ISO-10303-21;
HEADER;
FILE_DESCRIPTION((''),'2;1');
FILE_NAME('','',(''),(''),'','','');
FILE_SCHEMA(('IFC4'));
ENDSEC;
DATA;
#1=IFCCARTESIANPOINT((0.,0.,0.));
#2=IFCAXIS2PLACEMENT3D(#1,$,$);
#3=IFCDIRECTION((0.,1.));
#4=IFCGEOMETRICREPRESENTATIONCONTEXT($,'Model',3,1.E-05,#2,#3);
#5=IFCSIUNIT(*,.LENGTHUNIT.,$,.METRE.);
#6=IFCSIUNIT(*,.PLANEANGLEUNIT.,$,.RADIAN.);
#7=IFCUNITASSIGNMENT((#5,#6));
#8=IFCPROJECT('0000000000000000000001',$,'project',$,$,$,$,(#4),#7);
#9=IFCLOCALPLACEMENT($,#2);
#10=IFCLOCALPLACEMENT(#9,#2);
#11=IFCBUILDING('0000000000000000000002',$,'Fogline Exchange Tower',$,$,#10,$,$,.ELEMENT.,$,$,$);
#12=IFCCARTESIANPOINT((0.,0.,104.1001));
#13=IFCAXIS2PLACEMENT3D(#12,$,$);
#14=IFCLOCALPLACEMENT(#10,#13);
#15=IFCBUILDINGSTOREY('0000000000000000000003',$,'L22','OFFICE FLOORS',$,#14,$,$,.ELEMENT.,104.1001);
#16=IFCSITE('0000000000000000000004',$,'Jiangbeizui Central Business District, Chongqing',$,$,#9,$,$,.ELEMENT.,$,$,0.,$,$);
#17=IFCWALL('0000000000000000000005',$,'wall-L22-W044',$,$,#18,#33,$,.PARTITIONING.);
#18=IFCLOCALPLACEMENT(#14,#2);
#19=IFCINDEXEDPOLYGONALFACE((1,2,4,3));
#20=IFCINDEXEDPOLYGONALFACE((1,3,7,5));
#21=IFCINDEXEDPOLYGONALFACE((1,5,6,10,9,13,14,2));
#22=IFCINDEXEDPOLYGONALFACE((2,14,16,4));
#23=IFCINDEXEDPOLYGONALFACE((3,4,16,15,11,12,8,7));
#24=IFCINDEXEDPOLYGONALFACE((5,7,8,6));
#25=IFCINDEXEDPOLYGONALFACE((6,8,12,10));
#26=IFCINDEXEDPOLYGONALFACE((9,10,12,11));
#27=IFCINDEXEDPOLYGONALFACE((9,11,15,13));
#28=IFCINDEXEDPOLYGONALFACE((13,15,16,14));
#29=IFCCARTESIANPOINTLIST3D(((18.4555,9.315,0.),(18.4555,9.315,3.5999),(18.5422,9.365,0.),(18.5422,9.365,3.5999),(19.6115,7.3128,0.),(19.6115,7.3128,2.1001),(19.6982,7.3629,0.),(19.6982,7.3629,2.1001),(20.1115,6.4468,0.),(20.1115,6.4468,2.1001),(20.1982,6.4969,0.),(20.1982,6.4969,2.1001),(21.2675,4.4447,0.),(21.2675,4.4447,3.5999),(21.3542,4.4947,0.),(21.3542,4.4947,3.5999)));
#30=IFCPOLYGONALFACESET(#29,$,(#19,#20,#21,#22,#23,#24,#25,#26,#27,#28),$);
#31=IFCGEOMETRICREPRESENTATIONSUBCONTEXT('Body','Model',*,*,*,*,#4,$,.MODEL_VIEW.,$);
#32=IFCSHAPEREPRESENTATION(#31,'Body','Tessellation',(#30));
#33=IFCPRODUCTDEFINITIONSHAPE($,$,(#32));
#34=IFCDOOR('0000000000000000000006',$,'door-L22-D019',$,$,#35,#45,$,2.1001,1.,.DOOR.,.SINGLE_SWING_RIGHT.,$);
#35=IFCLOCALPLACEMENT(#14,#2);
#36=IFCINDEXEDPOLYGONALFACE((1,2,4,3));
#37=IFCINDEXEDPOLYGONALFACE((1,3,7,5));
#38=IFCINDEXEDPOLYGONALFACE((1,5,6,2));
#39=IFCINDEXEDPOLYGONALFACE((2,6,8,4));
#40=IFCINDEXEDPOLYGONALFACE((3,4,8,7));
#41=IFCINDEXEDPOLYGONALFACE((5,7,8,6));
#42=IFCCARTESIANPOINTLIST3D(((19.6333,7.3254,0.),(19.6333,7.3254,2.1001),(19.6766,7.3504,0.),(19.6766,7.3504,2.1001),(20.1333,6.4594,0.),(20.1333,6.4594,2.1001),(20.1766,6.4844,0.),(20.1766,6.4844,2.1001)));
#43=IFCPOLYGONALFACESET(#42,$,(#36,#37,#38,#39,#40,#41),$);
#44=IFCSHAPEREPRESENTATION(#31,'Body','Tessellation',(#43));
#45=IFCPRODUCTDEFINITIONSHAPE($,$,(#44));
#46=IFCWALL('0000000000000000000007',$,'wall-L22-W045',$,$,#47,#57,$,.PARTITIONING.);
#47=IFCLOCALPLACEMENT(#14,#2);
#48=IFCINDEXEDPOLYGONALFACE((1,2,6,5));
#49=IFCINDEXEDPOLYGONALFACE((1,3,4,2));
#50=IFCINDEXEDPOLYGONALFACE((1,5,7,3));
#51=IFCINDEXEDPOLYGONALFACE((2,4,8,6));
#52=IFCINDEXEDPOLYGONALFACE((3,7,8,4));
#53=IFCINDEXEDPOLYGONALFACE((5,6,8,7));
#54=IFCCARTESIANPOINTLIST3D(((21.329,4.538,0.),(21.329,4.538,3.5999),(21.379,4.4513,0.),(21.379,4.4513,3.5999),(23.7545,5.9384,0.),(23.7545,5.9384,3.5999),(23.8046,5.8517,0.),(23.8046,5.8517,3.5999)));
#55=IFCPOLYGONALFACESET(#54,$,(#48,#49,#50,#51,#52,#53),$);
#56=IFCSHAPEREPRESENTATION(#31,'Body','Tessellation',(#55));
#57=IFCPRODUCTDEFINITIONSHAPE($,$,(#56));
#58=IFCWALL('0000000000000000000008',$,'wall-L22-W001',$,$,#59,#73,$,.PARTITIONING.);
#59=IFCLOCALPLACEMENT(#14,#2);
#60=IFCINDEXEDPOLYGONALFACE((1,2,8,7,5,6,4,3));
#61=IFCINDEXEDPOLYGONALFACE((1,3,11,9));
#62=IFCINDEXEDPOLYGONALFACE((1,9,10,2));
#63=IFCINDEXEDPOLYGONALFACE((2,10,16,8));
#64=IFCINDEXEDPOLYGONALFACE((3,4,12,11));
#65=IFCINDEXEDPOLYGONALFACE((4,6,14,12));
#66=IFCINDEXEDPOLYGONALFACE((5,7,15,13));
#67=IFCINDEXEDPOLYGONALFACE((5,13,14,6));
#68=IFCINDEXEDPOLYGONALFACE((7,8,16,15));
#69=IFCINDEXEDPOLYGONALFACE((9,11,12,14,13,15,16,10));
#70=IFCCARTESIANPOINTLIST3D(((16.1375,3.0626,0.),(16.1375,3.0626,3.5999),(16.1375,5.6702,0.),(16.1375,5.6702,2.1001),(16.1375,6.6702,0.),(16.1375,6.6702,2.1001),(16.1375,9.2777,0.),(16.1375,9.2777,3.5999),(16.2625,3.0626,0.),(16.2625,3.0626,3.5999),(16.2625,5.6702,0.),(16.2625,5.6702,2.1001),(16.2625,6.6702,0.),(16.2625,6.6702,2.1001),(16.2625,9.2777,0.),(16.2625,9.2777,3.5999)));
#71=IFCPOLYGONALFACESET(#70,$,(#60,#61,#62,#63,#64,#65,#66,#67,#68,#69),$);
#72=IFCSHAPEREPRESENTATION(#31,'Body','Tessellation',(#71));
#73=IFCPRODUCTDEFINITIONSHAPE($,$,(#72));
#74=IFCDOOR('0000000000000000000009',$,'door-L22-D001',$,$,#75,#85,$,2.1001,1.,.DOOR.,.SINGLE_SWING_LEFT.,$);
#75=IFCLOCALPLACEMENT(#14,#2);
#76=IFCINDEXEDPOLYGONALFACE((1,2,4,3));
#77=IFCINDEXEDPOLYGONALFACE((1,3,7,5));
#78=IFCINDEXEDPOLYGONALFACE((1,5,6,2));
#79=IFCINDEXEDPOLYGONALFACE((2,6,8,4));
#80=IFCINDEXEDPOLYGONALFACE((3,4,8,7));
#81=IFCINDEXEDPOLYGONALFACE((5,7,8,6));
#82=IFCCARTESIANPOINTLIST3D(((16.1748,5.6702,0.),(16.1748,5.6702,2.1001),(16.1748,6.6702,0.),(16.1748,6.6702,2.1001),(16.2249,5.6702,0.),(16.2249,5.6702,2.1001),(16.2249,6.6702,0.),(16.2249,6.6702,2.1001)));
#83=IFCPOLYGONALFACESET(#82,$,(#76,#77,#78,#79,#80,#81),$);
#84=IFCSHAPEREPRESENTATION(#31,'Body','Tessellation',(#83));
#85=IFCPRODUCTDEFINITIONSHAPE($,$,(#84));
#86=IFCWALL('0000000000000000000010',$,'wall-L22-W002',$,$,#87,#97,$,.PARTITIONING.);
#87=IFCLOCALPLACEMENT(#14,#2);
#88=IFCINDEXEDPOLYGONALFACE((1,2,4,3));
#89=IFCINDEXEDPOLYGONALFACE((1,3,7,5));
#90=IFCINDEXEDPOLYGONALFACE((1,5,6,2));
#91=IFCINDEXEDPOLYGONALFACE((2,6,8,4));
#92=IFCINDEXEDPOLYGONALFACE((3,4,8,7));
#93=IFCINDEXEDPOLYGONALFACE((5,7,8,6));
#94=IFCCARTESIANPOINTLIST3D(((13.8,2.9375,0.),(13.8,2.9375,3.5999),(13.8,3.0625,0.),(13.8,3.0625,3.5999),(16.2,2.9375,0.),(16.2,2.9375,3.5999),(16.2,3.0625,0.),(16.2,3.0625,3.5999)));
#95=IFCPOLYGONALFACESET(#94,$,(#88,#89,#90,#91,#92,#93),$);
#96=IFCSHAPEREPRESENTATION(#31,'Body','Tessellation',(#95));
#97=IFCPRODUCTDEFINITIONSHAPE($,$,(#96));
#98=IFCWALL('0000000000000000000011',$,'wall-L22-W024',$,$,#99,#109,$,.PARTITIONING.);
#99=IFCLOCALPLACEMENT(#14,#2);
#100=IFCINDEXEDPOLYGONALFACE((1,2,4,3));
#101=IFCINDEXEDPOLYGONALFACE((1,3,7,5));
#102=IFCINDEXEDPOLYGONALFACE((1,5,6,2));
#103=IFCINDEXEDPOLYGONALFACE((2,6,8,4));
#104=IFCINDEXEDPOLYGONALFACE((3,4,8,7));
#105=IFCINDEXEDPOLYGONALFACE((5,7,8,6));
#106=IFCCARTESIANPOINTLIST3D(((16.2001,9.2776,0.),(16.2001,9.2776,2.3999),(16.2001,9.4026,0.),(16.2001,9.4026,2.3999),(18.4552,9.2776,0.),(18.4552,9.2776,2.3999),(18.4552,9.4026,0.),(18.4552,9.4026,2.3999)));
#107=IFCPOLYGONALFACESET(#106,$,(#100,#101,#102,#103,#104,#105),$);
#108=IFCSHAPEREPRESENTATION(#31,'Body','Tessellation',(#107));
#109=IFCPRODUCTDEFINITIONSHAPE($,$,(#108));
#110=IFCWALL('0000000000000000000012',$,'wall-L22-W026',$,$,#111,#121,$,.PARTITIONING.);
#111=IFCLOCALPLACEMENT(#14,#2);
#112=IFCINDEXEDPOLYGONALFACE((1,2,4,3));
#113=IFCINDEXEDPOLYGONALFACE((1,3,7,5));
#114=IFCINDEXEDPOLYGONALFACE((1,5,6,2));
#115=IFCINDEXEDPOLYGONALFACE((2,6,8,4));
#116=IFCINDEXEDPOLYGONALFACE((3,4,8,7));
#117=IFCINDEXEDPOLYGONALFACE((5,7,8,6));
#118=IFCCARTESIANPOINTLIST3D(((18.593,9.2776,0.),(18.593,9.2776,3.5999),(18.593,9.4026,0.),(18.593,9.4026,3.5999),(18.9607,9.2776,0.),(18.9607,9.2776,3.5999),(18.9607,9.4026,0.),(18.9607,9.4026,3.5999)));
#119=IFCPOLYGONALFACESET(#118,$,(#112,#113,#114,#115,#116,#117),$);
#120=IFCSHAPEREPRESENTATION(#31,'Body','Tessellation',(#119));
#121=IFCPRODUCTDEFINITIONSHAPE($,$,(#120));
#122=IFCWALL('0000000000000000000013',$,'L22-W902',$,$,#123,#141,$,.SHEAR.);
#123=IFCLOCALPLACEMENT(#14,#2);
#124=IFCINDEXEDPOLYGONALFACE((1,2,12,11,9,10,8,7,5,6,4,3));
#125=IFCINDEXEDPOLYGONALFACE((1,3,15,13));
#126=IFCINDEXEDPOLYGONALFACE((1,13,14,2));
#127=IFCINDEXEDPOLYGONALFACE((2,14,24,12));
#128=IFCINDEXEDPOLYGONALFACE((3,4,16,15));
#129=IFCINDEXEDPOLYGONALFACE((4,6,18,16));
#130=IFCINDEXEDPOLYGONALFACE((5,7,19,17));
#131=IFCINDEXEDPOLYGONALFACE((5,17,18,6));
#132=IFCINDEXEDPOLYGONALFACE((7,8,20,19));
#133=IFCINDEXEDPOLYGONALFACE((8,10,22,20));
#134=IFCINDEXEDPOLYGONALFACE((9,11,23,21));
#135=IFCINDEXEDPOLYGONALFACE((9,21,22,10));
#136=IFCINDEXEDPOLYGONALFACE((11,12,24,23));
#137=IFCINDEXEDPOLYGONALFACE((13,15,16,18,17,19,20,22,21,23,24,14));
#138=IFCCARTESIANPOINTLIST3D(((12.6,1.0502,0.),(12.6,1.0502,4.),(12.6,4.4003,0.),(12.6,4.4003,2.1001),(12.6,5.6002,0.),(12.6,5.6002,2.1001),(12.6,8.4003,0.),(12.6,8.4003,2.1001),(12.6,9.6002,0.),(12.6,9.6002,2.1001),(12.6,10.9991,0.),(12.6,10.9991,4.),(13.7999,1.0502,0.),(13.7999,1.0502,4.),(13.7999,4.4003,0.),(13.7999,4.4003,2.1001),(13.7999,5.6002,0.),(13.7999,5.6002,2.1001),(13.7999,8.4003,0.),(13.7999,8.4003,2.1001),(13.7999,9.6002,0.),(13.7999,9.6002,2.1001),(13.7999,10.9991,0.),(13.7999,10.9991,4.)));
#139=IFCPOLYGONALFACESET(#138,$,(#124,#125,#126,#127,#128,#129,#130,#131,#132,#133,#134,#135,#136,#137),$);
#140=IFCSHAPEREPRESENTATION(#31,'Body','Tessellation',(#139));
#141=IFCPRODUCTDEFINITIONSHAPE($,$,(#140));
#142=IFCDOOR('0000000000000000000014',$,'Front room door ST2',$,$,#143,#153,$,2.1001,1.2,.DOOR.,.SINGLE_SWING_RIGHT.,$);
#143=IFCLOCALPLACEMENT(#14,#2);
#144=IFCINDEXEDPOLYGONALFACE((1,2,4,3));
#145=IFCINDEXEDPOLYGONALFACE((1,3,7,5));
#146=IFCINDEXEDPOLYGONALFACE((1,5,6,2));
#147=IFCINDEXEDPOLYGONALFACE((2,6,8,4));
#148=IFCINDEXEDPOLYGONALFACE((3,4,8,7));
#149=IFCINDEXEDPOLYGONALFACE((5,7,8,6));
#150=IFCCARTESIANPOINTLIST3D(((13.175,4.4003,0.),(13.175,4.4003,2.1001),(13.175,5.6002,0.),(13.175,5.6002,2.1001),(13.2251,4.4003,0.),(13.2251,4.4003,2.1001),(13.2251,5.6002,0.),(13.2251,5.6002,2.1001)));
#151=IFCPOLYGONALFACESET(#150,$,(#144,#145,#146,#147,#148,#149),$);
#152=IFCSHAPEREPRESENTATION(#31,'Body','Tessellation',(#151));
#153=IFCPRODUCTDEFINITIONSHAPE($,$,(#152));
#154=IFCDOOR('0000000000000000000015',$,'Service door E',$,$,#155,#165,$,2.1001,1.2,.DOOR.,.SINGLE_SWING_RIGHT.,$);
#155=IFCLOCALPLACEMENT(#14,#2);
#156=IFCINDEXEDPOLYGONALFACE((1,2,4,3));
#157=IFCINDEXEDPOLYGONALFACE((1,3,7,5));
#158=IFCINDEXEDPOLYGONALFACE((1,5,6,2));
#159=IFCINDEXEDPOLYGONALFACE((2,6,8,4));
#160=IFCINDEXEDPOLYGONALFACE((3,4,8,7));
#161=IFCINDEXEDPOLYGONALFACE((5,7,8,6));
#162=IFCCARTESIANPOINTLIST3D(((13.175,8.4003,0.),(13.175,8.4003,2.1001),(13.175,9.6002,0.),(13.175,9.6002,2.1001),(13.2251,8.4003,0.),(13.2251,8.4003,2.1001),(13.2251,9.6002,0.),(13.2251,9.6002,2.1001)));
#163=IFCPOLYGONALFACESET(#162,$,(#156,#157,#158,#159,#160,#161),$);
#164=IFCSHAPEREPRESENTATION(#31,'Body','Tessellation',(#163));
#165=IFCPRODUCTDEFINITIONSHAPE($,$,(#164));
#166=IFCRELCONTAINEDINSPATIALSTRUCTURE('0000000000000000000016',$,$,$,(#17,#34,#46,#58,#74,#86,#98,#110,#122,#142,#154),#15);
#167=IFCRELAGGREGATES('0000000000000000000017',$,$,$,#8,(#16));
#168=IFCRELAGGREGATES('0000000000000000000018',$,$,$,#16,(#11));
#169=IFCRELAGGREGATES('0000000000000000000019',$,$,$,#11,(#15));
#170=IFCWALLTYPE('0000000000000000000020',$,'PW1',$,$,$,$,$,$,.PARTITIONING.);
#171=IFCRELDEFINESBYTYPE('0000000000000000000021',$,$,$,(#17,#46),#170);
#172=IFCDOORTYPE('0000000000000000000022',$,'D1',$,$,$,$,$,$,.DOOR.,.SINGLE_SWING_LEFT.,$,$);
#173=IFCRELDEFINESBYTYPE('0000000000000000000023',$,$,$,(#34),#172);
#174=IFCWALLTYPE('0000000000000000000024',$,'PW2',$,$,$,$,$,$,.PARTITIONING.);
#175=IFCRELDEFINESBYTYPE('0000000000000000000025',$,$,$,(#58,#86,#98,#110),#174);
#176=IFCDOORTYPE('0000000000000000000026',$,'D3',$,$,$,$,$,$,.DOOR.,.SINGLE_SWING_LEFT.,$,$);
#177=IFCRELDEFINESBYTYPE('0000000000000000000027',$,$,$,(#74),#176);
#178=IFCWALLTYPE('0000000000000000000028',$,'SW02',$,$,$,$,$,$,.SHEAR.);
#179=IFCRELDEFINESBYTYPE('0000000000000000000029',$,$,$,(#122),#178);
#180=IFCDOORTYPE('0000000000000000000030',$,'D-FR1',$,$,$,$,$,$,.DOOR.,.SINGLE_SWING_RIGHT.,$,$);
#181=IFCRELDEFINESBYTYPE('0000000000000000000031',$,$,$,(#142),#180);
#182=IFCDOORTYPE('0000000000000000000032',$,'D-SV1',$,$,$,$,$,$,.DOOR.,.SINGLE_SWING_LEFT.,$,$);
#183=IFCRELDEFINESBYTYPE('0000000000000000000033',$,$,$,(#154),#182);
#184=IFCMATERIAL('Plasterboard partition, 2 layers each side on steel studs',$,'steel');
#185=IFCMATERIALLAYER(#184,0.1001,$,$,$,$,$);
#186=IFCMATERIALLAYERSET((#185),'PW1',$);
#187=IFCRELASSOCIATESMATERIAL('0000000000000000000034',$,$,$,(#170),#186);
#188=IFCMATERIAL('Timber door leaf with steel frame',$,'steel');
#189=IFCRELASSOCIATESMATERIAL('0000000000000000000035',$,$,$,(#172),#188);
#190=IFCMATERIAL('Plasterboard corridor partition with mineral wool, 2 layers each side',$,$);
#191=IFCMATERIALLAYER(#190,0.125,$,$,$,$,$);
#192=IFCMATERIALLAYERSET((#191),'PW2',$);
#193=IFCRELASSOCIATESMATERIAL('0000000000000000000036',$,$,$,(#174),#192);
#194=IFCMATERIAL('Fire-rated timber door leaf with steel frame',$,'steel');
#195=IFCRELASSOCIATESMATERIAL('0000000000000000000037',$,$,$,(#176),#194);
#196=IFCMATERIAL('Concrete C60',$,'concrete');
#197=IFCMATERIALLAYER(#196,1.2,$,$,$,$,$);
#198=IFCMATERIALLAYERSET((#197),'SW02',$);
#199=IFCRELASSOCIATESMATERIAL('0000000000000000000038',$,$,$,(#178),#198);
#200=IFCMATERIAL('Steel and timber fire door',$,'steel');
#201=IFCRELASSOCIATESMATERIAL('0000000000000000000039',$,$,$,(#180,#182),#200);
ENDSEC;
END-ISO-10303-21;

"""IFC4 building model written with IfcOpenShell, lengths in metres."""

from ifc_helpers import new_model, si_unit, direction, frame, frame_2d, origin, place, context, subcontext, project, spatial, rectangle, extrude, material, layer, layer_set, type_object, element, fill, save


model = new_model("IFC4")

# Units and contexts
model_context = context("Model", 3, precision=1e-05, world=origin(), true_north=direction((0.0, 1.0)))
body_context = subcontext(model_context, "Body", "Model", "MODEL_VIEW")
ifc_project = project(units=[si_unit("LENGTHUNIT", "METRE"), si_unit("PLANEANGLEUNIT", "RADIAN")], contexts=[model_context])

# Site, building, storey
site_placement = place(None, origin())
site = spatial("IfcSite", under=ifc_project, at=site_placement, Name="Jiangbeizui Central Business District, Chongqing", CompositionType="ELEMENT", RefElevation=0.0)
building_placement = place(site_placement, origin())
building = spatial("IfcBuilding", under=site, at=building_placement, Name="Fogline Exchange Tower", CompositionType="ELEMENT")
storey_placement = place(building_placement, frame((0.0, 0.0, 104.1001)))
storey = spatial("IfcBuildingStorey", under=building, at=storey_placement, Name="L22", Description="OFFICE FLOORS", CompositionType="ELEMENT", Elevation=104.1001)

# Shared definitions
ifc_material_1 = material(Name="Steel and timber fire door", Category="steel")

# Wall, opening, door
ifc_material_2 = material(Name="Plasterboard partition, 2 layers each side on steel studs", Category="steel")
ifc_layer_1 = layer(ifc_material_2, 0.1001)
ifc_layer_set_1 = layer_set([ifc_layer_1], Name="PW1")
wall_type_1 = type_object("IfcWallType", Name="PW1", PredefinedType="PARTITIONING", material=ifc_layer_set_1)
wall_1_placement = place(storey_placement, frame((18.4988, 9.3401, 0.0), z_axis=(0.0, 0.0, 1.0), x_axis=(0.500014, -0.866017, 0.0)))
wall_1 = element("IfcWall", 1, at=wall_1_placement, inside=storey, type_object=wall_type_1, Name="wall-L22-W044", PredefinedType="PARTITIONING", context=body_context, shape_type="SweptSolid", body=[
    extrude(rectangle(XDim=5.6238, YDim=0.1001, at=frame_2d((2.812, 0.0))), origin(), (0.0, 0.0, 1.0), 3.5999),
])
opening_1_placement = place(wall_1_placement, frame((2.312, 0.0, 0.0)))
opening_1 = element("IfcOpeningElement", 2, at=opening_1_placement, cuts=wall_1, PredefinedType="OPENING", context=body_context, shape_type="SweptSolid", body=[
    extrude(rectangle(XDim=1.0, YDim=2.1001, at=frame_2d((0.5, 1.05))), frame((0.0, 0.0601, 0.0), z_axis=(0.0, -1.0, 0.0), x_axis=(1.0, 0.0, 0.0)), (0.0, 0.0, 1.0), 0.1201),
])
ifc_material_3 = material(Name="Timber door leaf with steel frame", Category="steel")
door_type_1 = type_object("IfcDoorType", Name="D1", OperationType="SINGLE_SWING_LEFT", PredefinedType="DOOR", material=ifc_material_3)
door_1_placement = place(opening_1_placement, frame((1.0, 0.0, 0.0), z_axis=(0.0, 0.0, 1.0), x_axis=(-1.0, 0.0, 0.0)))
door_1 = element("IfcDoor", 3, at=door_1_placement, inside=storey, type_object=door_type_1, Name="door-L22-D019", OperationType="SINGLE_SWING_RIGHT", OverallHeight=2.1001, OverallWidth=1.0, PredefinedType="DOOR", context=body_context, shape_type="SweptSolid", body=[
    extrude(rectangle(XDim=1.0, YDim=2.1001, at=frame_2d((0.5, 1.05))), frame((0.0, 0.0249, 0.0), z_axis=(0.0, -1.0, 0.0), x_axis=(1.0, 0.0, 0.0)), (0.0, 0.0, 1.0), 0.05),
])
fill(opening_1, door_1)

# Wall
wall_2_placement = place(storey_placement, frame((21.354, 4.4946, 0.0), z_axis=(0.0, 0.0, 1.0), x_axis=(0.866024, 0.500002, 0.0)))
element("IfcWall", 4, at=wall_2_placement, inside=storey, type_object=wall_type_1, Name="wall-L22-W045", PredefinedType="PARTITIONING", context=body_context, shape_type="SweptSolid", body=[
    extrude(rectangle(XDim=2.8008, YDim=0.1001, at=frame_2d((1.4004, 0.0))), origin(), (0.0, 0.0, 1.0), 3.5999),
])

# Wall, opening, door
ifc_material_4 = material(Name="Plasterboard corridor partition with mineral wool, 2 layers each side")
ifc_layer_2 = layer(ifc_material_4, 0.125)
ifc_layer_set_2 = layer_set([ifc_layer_2], Name="PW2")
wall_type_2 = type_object("IfcWallType", Name="PW2", PredefinedType="PARTITIONING", material=ifc_layer_set_2)
wall_3_placement = place(storey_placement, frame((16.2, 9.2776, 0.0), z_axis=(0.0, 0.0, 1.0), x_axis=(0.0, -1.0, 0.0)))
wall_3 = element("IfcWall", 5, at=wall_3_placement, inside=storey, type_object=wall_type_2, Name="wall-L22-W001", PredefinedType="PARTITIONING", context=body_context, shape_type="SweptSolid", body=[
    extrude(rectangle(XDim=6.2151, YDim=0.125, at=frame_2d((3.1074, 0.0))), origin(), (0.0, 0.0, 1.0), 3.5999),
])
opening_2_placement = place(wall_3_placement, frame((2.6074, 0.0, 0.0)))
opening_2 = element("IfcOpeningElement", 6, at=opening_2_placement, cuts=wall_3, PredefinedType="OPENING", context=body_context, shape_type="SweptSolid", body=[
    extrude(rectangle(XDim=1.0, YDim=2.1001, at=frame_2d((0.5, 1.05))), frame((0.0, 0.0725, 0.0), z_axis=(0.0, -1.0, 0.0), x_axis=(1.0, 0.0, 0.0)), (0.0, 0.0, 1.0), 0.145),
])
ifc_material_5 = material(Name="Fire-rated timber door leaf with steel frame", Category="steel")
door_type_2 = type_object("IfcDoorType", Name="D3", OperationType="SINGLE_SWING_LEFT", PredefinedType="DOOR", material=ifc_material_5)
door_2_placement = place(opening_2_placement, origin())
door_2 = element("IfcDoor", 7, at=door_2_placement, inside=storey, type_object=door_type_2, Name="door-L22-D001", OperationType="SINGLE_SWING_LEFT", OverallHeight=2.1001, OverallWidth=1.0, PredefinedType="DOOR", context=body_context, shape_type="SweptSolid", body=[
    extrude(rectangle(XDim=1.0, YDim=2.1001, at=frame_2d((0.5, 1.05))), frame((0.0, 0.0249, 0.0), z_axis=(0.0, -1.0, 0.0), x_axis=(1.0, 0.0, 0.0)), (0.0, 0.0, 1.0), 0.05),
])
fill(opening_2, door_2)

# Walls
wall_4_placement = place(storey_placement, frame((16.2, 3.0, 0.0), z_axis=(0.0, 0.0, 1.0), x_axis=(-1.0, 0.0, 0.0)))
element("IfcWall", 8, at=wall_4_placement, inside=storey, type_object=wall_type_2, Name="wall-L22-W002", PredefinedType="PARTITIONING", context=body_context, shape_type="SweptSolid", body=[
    extrude(rectangle(XDim=2.3999, YDim=0.125, at=frame_2d((1.2, 0.0))), origin(), (0.0, 0.0, 1.0), 3.5999),
])
wall_5_placement = place(storey_placement, frame((18.4551, 9.3401, 0.0), z_axis=(0.0, 0.0, 1.0), x_axis=(-1.0, 0.0, 0.0)))
element("IfcWall", 9, at=wall_5_placement, inside=storey, type_object=wall_type_2, Name="wall-L22-W024", PredefinedType="PARTITIONING", context=body_context, shape_type="SweptSolid", body=[
    extrude(rectangle(XDim=2.2551, YDim=0.125, at=frame_2d((1.1274, 0.0))), origin(), (0.0, 0.0, 1.0), 2.3999),
])
wall_6_placement = place(storey_placement, frame((18.9607, 9.3401, 0.0), z_axis=(0.0, 0.0, 1.0), x_axis=(-1.0, 0.0, 0.0)))
element("IfcWall", 10, at=wall_6_placement, inside=storey, type_object=wall_type_2, Name="wall-L22-W026", PredefinedType="PARTITIONING", context=body_context, shape_type="SweptSolid", body=[
    extrude(rectangle(XDim=0.3677, YDim=0.125, at=frame_2d((0.1838, 0.0))), origin(), (0.0, 0.0, 1.0), 3.5999),
])

# Wall, openings, doors
ifc_material_6 = material(Name="Concrete C60", Category="concrete")
ifc_layer_3 = layer(ifc_material_6, 1.2)
ifc_layer_set_3 = layer_set([ifc_layer_3], Name="SW02")
wall_type_3 = type_object("IfcWallType", Name="SW02", PredefinedType="SHEAR", material=ifc_layer_set_3)
wall_7_placement = place(storey_placement, frame((13.2, 1.05, 0.0), z_axis=(0.0, 0.0, 1.0), x_axis=(0.0, 1.0, 0.0)))
wall_7 = element("IfcWall", 11, at=wall_7_placement, inside=storey, type_object=wall_type_3, Name="L22-W902", PredefinedType="SHEAR", context=body_context, shape_type="SweptSolid", body=[
    extrude(rectangle(XDim=9.949, YDim=1.2, at=frame_2d((4.9746, 0.0))), origin(), (0.0, 0.0, 1.0), 4.0),
])
opening_3_placement = place(wall_7_placement, frame((3.3501, 0.0, 0.0)))
opening_3 = element("IfcOpeningElement", 12, at=opening_3_placement, cuts=wall_7, PredefinedType="OPENING", context=body_context, shape_type="SweptSolid", body=[
    extrude(rectangle(XDim=1.2, YDim=2.1001, at=frame_2d((0.6001, 1.05))), frame((0.0, 0.6099, 0.0), z_axis=(0.0, -1.0, 0.0), x_axis=(1.0, 0.0, 0.0)), (0.0, 0.0, 1.0), 1.22),
])
opening_4_placement = place(wall_7_placement, frame((7.3501, 0.0, 0.0)))
opening_4 = element("IfcOpeningElement", 13, at=opening_4_placement, cuts=wall_7, PredefinedType="OPENING", context=body_context, shape_type="SweptSolid", body=[
    extrude(rectangle(XDim=1.2, YDim=2.1001, at=frame_2d((0.6001, 1.05))), frame((0.0, 0.6099, 0.0), z_axis=(0.0, -1.0, 0.0), x_axis=(1.0, 0.0, 0.0)), (0.0, 0.0, 1.0), 1.22),
])
door_type_3 = type_object("IfcDoorType", Name="D-FR1", OperationType="SINGLE_SWING_RIGHT", PredefinedType="DOOR", material=ifc_material_1)
door_3_placement = place(opening_3_placement, origin())
door_3 = element("IfcDoor", 14, at=door_3_placement, inside=storey, type_object=door_type_3, Name="Front room door ST2", OperationType="SINGLE_SWING_RIGHT", OverallHeight=2.1001, OverallWidth=1.2, PredefinedType="DOOR", context=body_context, shape_type="SweptSolid", body=[
    extrude(rectangle(XDim=1.2, YDim=2.1001, at=frame_2d((0.6001, 1.05))), frame((0.0, 0.0249, 0.0), z_axis=(0.0, -1.0, 0.0), x_axis=(1.0, 0.0, 0.0)), (0.0, 0.0, 1.0), 0.05),
])
fill(opening_3, door_3)
door_type_4 = type_object("IfcDoorType", Name="D-SV1", OperationType="SINGLE_SWING_LEFT", PredefinedType="DOOR", material=ifc_material_1)
door_4_placement = place(opening_4_placement, origin())
door_4 = element("IfcDoor", 15, at=door_4_placement, inside=storey, type_object=door_type_4, Name="Service door E", OperationType="SINGLE_SWING_RIGHT", OverallHeight=2.1001, OverallWidth=1.2, PredefinedType="DOOR", context=body_context, shape_type="SweptSolid", body=[
    extrude(rectangle(XDim=1.2, YDim=2.1001, at=frame_2d((0.6001, 1.05))), frame((0.0, 0.0249, 0.0), z_axis=(0.0, -1.0, 0.0), x_axis=(1.0, 0.0, 0.0)), (0.0, 0.0, 1.0), 0.05),
])
fill(opening_4, door_4)

save(model, "model.ifc")
